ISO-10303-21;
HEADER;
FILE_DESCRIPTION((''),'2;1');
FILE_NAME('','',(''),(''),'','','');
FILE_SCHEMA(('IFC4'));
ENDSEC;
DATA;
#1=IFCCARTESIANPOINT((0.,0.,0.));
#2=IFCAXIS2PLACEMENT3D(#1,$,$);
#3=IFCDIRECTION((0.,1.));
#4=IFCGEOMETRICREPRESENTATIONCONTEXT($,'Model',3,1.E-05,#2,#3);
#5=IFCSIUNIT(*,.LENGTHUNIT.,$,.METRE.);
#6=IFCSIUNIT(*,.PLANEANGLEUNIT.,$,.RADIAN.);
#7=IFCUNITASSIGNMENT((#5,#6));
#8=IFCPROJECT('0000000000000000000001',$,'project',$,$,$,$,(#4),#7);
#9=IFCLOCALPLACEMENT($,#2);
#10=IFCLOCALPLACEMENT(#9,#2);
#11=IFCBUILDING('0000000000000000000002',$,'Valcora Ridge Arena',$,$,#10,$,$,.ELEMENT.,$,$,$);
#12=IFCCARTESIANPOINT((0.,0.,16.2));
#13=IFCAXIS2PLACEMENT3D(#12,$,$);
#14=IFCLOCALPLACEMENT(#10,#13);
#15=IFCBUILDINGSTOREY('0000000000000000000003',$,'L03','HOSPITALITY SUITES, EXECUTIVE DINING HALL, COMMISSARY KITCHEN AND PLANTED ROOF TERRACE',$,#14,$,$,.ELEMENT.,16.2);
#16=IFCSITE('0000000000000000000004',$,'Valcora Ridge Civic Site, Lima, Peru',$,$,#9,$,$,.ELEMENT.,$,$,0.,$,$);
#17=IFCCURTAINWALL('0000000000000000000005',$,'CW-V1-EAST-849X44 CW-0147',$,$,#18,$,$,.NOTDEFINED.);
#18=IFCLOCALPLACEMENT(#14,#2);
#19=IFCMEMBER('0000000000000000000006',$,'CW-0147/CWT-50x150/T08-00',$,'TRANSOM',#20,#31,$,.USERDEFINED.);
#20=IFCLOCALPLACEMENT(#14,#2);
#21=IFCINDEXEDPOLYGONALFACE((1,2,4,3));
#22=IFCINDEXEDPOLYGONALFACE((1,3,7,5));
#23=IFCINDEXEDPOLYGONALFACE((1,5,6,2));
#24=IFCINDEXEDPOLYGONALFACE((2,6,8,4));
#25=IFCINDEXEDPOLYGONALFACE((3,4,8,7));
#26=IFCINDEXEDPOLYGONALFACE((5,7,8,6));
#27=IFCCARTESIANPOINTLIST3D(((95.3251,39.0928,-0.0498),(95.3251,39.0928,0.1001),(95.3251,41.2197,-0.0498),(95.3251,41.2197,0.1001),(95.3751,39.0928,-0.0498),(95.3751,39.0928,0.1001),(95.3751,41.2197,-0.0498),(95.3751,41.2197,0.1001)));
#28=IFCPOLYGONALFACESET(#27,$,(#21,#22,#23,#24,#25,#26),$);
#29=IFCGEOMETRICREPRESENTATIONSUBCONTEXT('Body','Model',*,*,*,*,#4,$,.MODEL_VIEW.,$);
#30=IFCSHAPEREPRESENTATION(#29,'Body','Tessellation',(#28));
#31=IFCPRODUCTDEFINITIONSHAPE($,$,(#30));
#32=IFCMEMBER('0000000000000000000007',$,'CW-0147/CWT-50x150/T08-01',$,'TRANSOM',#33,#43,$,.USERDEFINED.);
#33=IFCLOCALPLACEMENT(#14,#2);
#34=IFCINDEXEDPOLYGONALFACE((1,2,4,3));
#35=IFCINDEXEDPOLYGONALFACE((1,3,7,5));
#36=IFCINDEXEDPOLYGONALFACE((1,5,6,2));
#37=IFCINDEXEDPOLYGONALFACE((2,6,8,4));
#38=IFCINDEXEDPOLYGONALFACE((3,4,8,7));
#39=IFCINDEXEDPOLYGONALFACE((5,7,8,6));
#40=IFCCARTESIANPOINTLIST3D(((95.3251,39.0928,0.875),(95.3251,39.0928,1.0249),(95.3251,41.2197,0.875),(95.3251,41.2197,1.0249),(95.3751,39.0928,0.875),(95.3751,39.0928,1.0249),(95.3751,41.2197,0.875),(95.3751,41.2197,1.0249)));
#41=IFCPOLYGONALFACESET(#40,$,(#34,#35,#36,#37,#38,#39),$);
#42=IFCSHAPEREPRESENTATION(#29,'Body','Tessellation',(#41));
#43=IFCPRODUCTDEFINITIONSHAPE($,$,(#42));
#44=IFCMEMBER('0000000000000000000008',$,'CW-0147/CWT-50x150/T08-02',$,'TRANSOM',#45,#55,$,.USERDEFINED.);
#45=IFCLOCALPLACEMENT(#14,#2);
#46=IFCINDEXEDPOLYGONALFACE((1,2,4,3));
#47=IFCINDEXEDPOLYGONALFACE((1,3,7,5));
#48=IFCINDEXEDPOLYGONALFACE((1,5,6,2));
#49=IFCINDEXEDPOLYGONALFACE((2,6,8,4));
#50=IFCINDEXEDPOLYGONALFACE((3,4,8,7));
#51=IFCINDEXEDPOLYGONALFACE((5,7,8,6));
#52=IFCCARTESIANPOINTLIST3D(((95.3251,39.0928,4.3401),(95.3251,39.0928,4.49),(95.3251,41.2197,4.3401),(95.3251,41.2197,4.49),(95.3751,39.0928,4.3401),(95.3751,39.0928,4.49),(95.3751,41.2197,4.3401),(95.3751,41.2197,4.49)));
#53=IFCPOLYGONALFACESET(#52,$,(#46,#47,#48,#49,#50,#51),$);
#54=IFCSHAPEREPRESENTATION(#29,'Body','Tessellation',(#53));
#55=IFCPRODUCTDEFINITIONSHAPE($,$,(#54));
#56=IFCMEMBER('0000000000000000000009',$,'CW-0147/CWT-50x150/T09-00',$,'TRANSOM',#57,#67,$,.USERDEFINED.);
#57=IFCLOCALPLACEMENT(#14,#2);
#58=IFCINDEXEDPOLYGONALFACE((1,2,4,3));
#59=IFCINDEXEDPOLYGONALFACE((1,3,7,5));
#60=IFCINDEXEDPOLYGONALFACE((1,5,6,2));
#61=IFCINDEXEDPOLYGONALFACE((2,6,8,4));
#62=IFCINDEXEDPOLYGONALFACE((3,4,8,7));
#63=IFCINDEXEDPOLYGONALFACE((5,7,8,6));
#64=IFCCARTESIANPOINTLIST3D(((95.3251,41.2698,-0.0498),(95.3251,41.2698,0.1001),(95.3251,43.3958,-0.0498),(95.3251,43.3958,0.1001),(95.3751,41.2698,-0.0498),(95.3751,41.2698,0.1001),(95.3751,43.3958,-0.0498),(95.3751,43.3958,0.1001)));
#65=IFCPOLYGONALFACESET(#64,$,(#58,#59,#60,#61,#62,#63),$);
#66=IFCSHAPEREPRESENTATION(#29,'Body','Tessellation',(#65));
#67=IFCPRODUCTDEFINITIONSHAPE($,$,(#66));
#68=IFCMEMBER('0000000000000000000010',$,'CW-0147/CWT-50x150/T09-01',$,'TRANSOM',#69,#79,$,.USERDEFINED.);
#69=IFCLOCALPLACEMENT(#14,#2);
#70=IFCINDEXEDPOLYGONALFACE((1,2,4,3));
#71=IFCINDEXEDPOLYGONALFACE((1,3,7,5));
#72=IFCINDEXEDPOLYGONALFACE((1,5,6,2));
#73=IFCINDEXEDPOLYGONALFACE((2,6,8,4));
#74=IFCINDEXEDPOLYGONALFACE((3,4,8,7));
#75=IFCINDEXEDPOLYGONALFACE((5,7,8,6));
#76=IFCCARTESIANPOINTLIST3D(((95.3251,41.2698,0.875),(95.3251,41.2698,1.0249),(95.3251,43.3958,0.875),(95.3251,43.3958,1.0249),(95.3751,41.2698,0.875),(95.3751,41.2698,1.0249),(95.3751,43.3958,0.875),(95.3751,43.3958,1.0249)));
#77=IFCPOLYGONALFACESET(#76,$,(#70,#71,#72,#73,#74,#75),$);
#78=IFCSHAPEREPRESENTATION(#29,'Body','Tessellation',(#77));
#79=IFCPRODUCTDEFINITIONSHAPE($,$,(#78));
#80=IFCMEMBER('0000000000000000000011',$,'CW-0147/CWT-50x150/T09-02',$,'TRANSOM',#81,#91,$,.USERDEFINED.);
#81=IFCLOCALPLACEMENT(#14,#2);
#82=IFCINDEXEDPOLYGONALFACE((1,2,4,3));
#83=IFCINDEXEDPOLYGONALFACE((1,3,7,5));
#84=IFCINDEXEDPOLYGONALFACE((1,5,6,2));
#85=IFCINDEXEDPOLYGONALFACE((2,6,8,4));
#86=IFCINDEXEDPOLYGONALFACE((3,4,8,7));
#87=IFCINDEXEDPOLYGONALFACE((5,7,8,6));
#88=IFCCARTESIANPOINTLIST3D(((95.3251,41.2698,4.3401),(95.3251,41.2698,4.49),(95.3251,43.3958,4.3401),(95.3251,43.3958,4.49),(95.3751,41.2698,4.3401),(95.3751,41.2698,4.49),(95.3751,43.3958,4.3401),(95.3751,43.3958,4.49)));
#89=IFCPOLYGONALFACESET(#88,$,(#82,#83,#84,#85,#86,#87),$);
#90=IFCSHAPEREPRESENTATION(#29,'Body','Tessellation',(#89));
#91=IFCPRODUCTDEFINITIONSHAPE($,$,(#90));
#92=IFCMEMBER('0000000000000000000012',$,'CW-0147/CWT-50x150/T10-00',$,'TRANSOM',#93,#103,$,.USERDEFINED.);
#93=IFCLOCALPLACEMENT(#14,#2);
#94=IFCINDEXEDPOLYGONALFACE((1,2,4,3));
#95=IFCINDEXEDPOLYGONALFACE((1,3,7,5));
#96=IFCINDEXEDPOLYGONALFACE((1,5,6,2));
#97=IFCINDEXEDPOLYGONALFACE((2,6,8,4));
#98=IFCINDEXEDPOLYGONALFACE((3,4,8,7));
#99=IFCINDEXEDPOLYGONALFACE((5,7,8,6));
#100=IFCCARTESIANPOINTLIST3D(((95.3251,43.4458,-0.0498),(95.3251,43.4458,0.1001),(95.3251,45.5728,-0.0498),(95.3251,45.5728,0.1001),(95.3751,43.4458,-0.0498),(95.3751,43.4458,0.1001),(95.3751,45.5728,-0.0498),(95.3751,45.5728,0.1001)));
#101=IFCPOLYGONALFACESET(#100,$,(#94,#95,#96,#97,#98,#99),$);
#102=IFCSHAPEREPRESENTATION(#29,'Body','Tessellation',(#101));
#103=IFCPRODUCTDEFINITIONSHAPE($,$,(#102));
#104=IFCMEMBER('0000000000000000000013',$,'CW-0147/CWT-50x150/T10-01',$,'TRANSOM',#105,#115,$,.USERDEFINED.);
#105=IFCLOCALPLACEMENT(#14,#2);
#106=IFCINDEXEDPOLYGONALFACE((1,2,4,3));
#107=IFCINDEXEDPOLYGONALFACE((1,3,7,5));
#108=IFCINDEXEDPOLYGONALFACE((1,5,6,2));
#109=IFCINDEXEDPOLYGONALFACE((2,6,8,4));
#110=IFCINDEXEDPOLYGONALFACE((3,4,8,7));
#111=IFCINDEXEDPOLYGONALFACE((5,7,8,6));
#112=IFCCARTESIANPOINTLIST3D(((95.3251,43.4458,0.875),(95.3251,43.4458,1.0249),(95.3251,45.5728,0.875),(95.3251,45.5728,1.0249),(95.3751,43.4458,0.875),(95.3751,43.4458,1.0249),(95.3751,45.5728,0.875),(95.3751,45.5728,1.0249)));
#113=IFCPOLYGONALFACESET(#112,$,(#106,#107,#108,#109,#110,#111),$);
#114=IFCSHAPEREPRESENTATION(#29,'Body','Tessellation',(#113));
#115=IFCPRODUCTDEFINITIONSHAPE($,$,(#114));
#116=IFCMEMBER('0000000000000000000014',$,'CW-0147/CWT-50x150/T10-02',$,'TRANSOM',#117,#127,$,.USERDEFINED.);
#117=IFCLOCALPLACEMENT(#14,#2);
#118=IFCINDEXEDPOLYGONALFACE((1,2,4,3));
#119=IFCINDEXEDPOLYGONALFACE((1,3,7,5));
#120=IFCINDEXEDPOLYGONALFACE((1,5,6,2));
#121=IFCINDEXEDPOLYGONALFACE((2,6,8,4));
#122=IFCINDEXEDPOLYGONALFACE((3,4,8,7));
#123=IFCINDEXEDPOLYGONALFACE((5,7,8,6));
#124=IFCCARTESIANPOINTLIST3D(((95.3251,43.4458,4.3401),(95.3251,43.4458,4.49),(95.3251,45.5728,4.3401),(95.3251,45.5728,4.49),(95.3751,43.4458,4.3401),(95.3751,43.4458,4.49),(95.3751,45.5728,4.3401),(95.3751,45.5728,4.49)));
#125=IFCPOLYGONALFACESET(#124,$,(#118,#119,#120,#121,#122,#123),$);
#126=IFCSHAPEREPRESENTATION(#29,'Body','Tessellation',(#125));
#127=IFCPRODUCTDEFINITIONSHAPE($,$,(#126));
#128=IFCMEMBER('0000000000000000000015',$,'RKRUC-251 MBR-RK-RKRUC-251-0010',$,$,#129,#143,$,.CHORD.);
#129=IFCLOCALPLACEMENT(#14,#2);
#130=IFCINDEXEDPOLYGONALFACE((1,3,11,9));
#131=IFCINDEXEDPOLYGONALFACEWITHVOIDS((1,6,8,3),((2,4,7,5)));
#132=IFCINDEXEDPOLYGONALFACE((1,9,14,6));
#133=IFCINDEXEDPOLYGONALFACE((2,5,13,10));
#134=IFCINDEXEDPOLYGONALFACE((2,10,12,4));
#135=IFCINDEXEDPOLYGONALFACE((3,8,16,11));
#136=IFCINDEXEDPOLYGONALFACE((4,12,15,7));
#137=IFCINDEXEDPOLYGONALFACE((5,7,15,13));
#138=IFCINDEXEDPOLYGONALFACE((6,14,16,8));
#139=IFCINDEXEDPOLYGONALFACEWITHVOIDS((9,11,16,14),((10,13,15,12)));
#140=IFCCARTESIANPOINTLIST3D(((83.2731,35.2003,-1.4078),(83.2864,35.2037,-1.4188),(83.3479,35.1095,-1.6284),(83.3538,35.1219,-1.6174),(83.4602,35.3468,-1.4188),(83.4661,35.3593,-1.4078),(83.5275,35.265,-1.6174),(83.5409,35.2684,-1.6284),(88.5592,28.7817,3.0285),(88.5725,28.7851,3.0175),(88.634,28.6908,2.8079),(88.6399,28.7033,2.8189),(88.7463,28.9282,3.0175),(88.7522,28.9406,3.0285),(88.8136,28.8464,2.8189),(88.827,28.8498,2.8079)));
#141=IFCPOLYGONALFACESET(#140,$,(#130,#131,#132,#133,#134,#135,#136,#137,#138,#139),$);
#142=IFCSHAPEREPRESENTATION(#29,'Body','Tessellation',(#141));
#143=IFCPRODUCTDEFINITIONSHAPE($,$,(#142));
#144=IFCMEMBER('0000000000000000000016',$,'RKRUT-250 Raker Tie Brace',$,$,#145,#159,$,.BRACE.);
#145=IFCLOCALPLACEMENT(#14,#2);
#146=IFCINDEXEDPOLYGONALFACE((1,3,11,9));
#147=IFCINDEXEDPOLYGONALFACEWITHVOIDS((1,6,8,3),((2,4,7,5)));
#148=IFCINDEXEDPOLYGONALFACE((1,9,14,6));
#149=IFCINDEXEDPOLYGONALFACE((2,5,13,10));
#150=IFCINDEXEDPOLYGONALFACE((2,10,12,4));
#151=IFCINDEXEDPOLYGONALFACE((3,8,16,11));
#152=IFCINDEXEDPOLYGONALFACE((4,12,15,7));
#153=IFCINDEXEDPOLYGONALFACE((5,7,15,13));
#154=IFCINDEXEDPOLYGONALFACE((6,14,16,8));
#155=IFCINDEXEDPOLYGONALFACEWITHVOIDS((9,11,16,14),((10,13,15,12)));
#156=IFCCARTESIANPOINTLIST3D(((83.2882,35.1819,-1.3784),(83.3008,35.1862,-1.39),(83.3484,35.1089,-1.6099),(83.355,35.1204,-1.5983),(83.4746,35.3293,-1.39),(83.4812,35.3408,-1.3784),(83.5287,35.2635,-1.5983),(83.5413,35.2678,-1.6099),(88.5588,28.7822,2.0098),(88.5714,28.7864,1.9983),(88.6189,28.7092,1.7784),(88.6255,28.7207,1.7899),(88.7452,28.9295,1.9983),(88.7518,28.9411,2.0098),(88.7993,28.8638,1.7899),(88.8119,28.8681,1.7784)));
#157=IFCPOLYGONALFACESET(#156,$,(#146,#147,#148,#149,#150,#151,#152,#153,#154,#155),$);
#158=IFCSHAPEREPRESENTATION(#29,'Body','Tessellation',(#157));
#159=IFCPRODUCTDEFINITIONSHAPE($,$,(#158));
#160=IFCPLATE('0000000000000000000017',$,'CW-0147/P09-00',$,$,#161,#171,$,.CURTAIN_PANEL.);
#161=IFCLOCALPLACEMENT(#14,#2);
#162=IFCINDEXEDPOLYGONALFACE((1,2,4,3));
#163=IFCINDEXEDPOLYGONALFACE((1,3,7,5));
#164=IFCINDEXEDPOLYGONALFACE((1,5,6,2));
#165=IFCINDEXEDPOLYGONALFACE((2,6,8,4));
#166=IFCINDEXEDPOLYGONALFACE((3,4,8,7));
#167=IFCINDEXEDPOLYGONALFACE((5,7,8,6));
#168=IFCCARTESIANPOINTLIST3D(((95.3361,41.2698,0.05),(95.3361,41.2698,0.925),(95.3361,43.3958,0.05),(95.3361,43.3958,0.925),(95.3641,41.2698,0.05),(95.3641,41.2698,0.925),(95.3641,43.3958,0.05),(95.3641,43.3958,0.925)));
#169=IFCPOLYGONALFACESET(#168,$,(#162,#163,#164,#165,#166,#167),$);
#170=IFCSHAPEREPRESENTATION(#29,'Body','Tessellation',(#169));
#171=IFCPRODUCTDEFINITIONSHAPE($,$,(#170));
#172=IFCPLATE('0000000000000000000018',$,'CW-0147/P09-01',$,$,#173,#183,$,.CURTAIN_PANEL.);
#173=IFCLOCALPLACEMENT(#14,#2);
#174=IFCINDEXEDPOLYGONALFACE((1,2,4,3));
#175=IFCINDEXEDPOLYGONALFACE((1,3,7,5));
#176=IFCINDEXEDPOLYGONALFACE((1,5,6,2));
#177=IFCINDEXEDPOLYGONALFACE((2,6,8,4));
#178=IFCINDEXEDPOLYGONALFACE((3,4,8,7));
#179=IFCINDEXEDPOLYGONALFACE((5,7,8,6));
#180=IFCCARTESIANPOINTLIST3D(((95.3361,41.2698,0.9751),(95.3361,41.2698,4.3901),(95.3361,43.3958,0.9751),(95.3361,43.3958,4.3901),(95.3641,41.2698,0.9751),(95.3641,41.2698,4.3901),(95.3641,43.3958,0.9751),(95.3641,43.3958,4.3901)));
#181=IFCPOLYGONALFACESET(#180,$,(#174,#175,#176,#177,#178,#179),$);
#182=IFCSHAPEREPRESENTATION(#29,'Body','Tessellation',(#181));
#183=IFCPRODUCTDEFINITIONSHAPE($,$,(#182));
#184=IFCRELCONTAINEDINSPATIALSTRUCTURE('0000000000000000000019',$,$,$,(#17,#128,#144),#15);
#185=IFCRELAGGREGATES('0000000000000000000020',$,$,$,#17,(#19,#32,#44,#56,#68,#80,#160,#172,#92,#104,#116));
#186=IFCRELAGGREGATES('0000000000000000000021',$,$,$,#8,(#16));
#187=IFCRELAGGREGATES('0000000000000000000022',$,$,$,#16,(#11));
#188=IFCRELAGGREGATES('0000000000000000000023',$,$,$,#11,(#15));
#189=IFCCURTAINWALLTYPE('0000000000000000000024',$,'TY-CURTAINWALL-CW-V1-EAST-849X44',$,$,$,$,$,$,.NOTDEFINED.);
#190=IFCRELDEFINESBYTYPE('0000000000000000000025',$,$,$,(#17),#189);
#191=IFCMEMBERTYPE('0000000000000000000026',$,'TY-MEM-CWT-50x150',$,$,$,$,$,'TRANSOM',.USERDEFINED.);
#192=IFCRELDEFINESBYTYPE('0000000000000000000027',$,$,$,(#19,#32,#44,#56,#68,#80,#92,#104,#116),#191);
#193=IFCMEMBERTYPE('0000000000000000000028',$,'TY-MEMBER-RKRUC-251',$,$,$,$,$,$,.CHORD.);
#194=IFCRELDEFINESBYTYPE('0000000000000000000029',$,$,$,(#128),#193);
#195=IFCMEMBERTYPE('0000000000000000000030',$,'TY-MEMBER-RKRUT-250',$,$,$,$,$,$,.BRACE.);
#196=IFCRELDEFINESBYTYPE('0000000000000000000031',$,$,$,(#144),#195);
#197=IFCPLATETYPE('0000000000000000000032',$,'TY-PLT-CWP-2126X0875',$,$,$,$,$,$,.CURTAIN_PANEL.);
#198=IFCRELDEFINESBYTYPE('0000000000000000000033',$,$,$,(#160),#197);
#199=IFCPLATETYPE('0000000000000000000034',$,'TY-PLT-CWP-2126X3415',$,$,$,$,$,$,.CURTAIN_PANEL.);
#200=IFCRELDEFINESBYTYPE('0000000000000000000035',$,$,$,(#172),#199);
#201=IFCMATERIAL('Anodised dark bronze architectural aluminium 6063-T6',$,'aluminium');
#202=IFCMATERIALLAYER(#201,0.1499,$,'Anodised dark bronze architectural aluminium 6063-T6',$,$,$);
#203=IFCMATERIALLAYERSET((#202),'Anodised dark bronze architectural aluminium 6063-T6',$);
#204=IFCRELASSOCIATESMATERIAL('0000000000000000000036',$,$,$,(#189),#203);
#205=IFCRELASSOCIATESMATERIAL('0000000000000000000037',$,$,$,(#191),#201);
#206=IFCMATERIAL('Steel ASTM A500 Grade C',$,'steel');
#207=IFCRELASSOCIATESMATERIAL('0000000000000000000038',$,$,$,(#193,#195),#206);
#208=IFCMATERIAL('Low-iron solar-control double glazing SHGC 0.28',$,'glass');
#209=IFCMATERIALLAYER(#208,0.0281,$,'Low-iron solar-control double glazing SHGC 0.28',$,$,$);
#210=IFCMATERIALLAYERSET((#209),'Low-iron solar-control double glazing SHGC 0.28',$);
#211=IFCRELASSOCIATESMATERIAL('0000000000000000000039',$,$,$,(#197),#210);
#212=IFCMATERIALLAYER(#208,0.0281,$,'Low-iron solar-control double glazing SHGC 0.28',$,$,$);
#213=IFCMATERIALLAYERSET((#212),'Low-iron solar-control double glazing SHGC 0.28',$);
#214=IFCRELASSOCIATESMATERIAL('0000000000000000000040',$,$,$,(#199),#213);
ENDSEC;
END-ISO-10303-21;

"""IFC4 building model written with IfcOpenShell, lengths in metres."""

from ifc_helpers import new_model, si_unit, direction, frame, origin, origin_2d, place, context, subcontext, project, spatial, rectangle, hollow_rectangle, extrude, material, layer, layer_set, material_profile, profile_set, type_object, element, aggregate, save


model = new_model("IFC4")

# Units and contexts
model_context = context("Model", 3, precision=1e-05, world=origin(), true_north=direction((0.0, 1.0)))
body_context = subcontext(model_context, "Body", "Model", "MODEL_VIEW")
ifc_project = project(units=[si_unit("LENGTHUNIT", "METRE"), si_unit("PLANEANGLEUNIT", "RADIAN")], contexts=[model_context])

# Site, building, storey
site_placement = place(None, origin())
site = spatial("IfcSite", under=ifc_project, at=site_placement, Name="Valcora Ridge Civic Site, Lima, Peru", CompositionType="ELEMENT", RefElevation=0.0)
building_placement = place(site_placement, origin())
building = spatial("IfcBuilding", under=site, at=building_placement, Name="Valcora Ridge Arena", CompositionType="ELEMENT")
storey_placement = place(building_placement, frame((0.0, 0.0, 16.2)))
storey = spatial("IfcBuildingStorey", under=building, at=storey_placement, Name="L03", Description="HOSPITALITY SUITES, EXECUTIVE DINING HALL, COMMISSARY KITCHEN AND PLANTED ROOF TERRACE", CompositionType="ELEMENT", Elevation=16.2)

# Curtain wall, members
ifc_material_1 = material(Name="Anodised dark bronze architectural aluminium 6063-T6", Category="aluminium")
ifc_layer_1 = layer(ifc_material_1, 0.1499, Name="Anodised dark bronze architectural aluminium 6063-T6")
ifc_layer_set_1 = layer_set([ifc_layer_1], Name="Anodised dark bronze architectural aluminium 6063-T6")
curtain_wall_type = type_object("IfcCurtainWallType", Name="TY-CURTAINWALL-CW-V1-EAST-849X44", PredefinedType="NOTDEFINED", material=ifc_layer_set_1)
curtain_wall_placement = place(storey_placement, origin())
curtain_wall = element("IfcCurtainWall", 1, at=curtain_wall_placement, inside=storey, type_object=curtain_wall_type, Name="CW-V1-EAST-849X44 CW-0147", PredefinedType="NOTDEFINED")
ifc_material_profile_1 = material_profile(ifc_material_1, rectangle(XDim=0.05, YDim=0.1499, at=origin_2d()), Name="ALU TRANSOM 50x150")
ifc_profile_set_1 = profile_set([ifc_material_profile_1], Name="Anodised dark bronze architectural aluminium 6063-T6")
member_type_1 = type_object("IfcMemberType", Name="TY-MEM-CWT-50x150", ElementType="TRANSOM", PredefinedType="USERDEFINED", material=ifc_profile_set_1)
member_1_placement = place(storey_placement, frame((95.3501, 39.0928, 0.0251), z_axis=(0.0, 1.0, 0.0), x_axis=(-1.0, 0.0, 0.0)))
member_1 = element("IfcMember", 2, at=member_1_placement, type_object=member_type_1, Name="CW-0147/CWT-50x150/T08-00", ObjectType="TRANSOM", PredefinedType="USERDEFINED", context=body_context, shape_type="SweptSolid", body=[
    extrude(rectangle(XDim=0.05, YDim=0.1499, at=origin_2d()), origin(), (0.0, 0.0, 1.0), 2.127),
])
member_2_placement = place(storey_placement, frame((95.3501, 39.0928, 0.95), z_axis=(0.0, 1.0, 0.0), x_axis=(-1.0, 0.0, 0.0)))
member_2 = element("IfcMember", 3, at=member_2_placement, type_object=member_type_1, Name="CW-0147/CWT-50x150/T08-01", ObjectType="TRANSOM", PredefinedType="USERDEFINED", context=body_context, shape_type="SweptSolid", body=[
    extrude(rectangle(XDim=0.05, YDim=0.1499, at=origin_2d()), origin(), (0.0, 0.0, 1.0), 2.127),
])
member_3_placement = place(storey_placement, frame((95.3501, 39.0928, 4.415), z_axis=(0.0, 1.0, 0.0), x_axis=(-1.0, 0.0, 0.0)))
member_3 = element("IfcMember", 4, at=member_3_placement, type_object=member_type_1, Name="CW-0147/CWT-50x150/T08-02", ObjectType="TRANSOM", PredefinedType="USERDEFINED", context=body_context, shape_type="SweptSolid", body=[
    extrude(rectangle(XDim=0.05, YDim=0.1499, at=origin_2d()), origin(), (0.0, 0.0, 1.0), 2.127),
])
member_4_placement = place(storey_placement, frame((95.3501, 41.2698, 0.0251), z_axis=(0.0, 1.0, 0.0), x_axis=(-1.0, 0.0, 0.0)))
member_4 = element("IfcMember", 5, at=member_4_placement, type_object=member_type_1, Name="CW-0147/CWT-50x150/T09-00", ObjectType="TRANSOM", PredefinedType="USERDEFINED", context=body_context, shape_type="SweptSolid", body=[
    extrude(rectangle(XDim=0.05, YDim=0.1499, at=origin_2d()), origin(), (0.0, 0.0, 1.0), 2.126),
])
member_5_placement = place(storey_placement, frame((95.3501, 41.2698, 0.95), z_axis=(0.0, 1.0, 0.0), x_axis=(-1.0, 0.0, 0.0)))
member_5 = element("IfcMember", 6, at=member_5_placement, type_object=member_type_1, Name="CW-0147/CWT-50x150/T09-01", ObjectType="TRANSOM", PredefinedType="USERDEFINED", context=body_context, shape_type="SweptSolid", body=[
    extrude(rectangle(XDim=0.05, YDim=0.1499, at=origin_2d()), origin(), (0.0, 0.0, 1.0), 2.126),
])
member_6_placement = place(storey_placement, frame((95.3501, 41.2698, 4.415), z_axis=(0.0, 1.0, 0.0), x_axis=(-1.0, 0.0, 0.0)))
member_6 = element("IfcMember", 7, at=member_6_placement, type_object=member_type_1, Name="CW-0147/CWT-50x150/T09-02", ObjectType="TRANSOM", PredefinedType="USERDEFINED", context=body_context, shape_type="SweptSolid", body=[
    extrude(rectangle(XDim=0.05, YDim=0.1499, at=origin_2d()), origin(), (0.0, 0.0, 1.0), 2.126),
])
member_7_placement = place(storey_placement, frame((95.3501, 43.4458, 0.0251), z_axis=(0.0, 1.0, 0.0), x_axis=(-1.0, 0.0, 0.0)))
member_7 = element("IfcMember", 8, at=member_7_placement, type_object=member_type_1, Name="CW-0147/CWT-50x150/T10-00", ObjectType="TRANSOM", PredefinedType="USERDEFINED", context=body_context, shape_type="SweptSolid", body=[
    extrude(rectangle(XDim=0.05, YDim=0.1499, at=origin_2d()), origin(), (0.0, 0.0, 1.0), 2.127),
])
member_8_placement = place(storey_placement, frame((95.3501, 43.4458, 0.95), z_axis=(0.0, 1.0, 0.0), x_axis=(-1.0, 0.0, 0.0)))
member_8 = element("IfcMember", 9, at=member_8_placement, type_object=member_type_1, Name="CW-0147/CWT-50x150/T10-01", ObjectType="TRANSOM", PredefinedType="USERDEFINED", context=body_context, shape_type="SweptSolid", body=[
    extrude(rectangle(XDim=0.05, YDim=0.1499, at=origin_2d()), origin(), (0.0, 0.0, 1.0), 2.127),
])
member_9_placement = place(storey_placement, frame((95.3501, 43.4458, 4.415), z_axis=(0.0, 1.0, 0.0), x_axis=(-1.0, 0.0, 0.0)))
member_9 = element("IfcMember", 10, at=member_9_placement, type_object=member_type_1, Name="CW-0147/CWT-50x150/T10-02", ObjectType="TRANSOM", PredefinedType="USERDEFINED", context=body_context, shape_type="SweptSolid", body=[
    extrude(rectangle(XDim=0.05, YDim=0.1499, at=origin_2d()), origin(), (0.0, 0.0, 1.0), 2.127),
])

# Members
ifc_material_2 = material(Name="Steel ASTM A500 Grade C", Category="steel")
ifc_material_profile_2 = material_profile(ifc_material_2, hollow_rectangle(XDim=0.25, YDim=0.25, WallThickness=0.0125, at=origin_2d()), Name="HSS250X250X12")
ifc_profile_set_2 = profile_set([ifc_material_profile_2], Name="Steel ASTM A500 Grade C")
member_type_2 = type_object("IfcMemberType", Name="TY-MEMBER-RKRUC-251", PredefinedType="CHORD", material=ifc_profile_set_2)
member_10_placement = place(storey_placement, frame((83.407, 35.2344, -1.5181), z_axis=(0.560885, -0.681057, 0.470712), x_axis=(0.771922, 0.635718, 0.0)))
element("IfcMember", 11, at=member_10_placement, inside=storey, type_object=member_type_2, Name="RKRUC-251 MBR-RK-RKRUC-251-0010", PredefinedType="CHORD", context=body_context, shape_type="SweptSolid", body=[
    extrude(hollow_rectangle(XDim=0.25, YDim=0.25, WallThickness=0.0125, at=origin_2d()), origin(), (0.0, 0.0, 1.0), 9.4246),
])
ifc_material_profile_3 = material_profile(ifc_material_2, hollow_rectangle(XDim=0.25, YDim=0.25, WallThickness=0.0125, at=origin_2d()), Name="HSS250X250X12")
ifc_profile_set_3 = profile_set([ifc_material_profile_3], Name="Steel ASTM A500 Grade C")
member_type_3 = type_object("IfcMemberType", Name="TY-MEMBER-RKRUT-250", PredefinedType="BRACE", material=ifc_profile_set_3)
member_11_placement = place(storey_placement, frame((83.4148, 35.2249, -1.4941), z_axis=(0.588475, -0.71455, 0.378306), x_axis=(0.771918, 0.635722, 0.0)))
element("IfcMember", 12, at=member_11_placement, inside=storey, type_object=member_type_3, Name="RKRUT-250 Raker Tie Brace", PredefinedType="BRACE", context=body_context, shape_type="SweptSolid", body=[
    extrude(hollow_rectangle(XDim=0.25, YDim=0.25, WallThickness=0.0125, at=origin_2d()), origin(), (0.0, 0.0, 1.0), 8.9563),
])

# Plates
ifc_material_3 = material(Name="Low-iron solar-control double glazing SHGC 0.28", Category="glass")
ifc_layer_2 = layer(ifc_material_3, 0.0281, Name="Low-iron solar-control double glazing SHGC 0.28")
ifc_layer_set_2 = layer_set([ifc_layer_2], Name="Low-iron solar-control double glazing SHGC 0.28")
plate_type_1 = type_object("IfcPlateType", Name="TY-PLT-CWP-2126X0875", PredefinedType="CURTAIN_PANEL", material=ifc_layer_set_2)
plate_1_placement = place(storey_placement, frame((95.3501, 42.3328, 0.05), z_axis=(0.0, 0.0, 1.0), x_axis=(0.0, 1.0, 0.0)))
plate_1 = element("IfcPlate", 13, at=plate_1_placement, type_object=plate_type_1, Name="CW-0147/P09-00", PredefinedType="CURTAIN_PANEL", context=body_context, shape_type="SweptSolid", body=[
    extrude(rectangle(XDim=2.126, YDim=0.0281, at=origin_2d()), origin(), (0.0, 0.0, 1.0), 0.875),
])
ifc_layer_3 = layer(ifc_material_3, 0.0281, Name="Low-iron solar-control double glazing SHGC 0.28")
ifc_layer_set_3 = layer_set([ifc_layer_3], Name="Low-iron solar-control double glazing SHGC 0.28")
plate_type_2 = type_object("IfcPlateType", Name="TY-PLT-CWP-2126X3415", PredefinedType="CURTAIN_PANEL", material=ifc_layer_set_3)
plate_2_placement = place(storey_placement, frame((95.3501, 42.3328, 0.9751), z_axis=(0.0, 0.0, 1.0), x_axis=(0.0, 1.0, 0.0)))
plate_2 = element("IfcPlate", 14, at=plate_2_placement, type_object=plate_type_2, Name="CW-0147/P09-01", PredefinedType="CURTAIN_PANEL", context=body_context, shape_type="SweptSolid", body=[
    extrude(rectangle(XDim=2.126, YDim=0.0281, at=origin_2d()), origin(), (0.0, 0.0, 1.0), 3.415),
])
aggregate(curtain_wall, [member_1, member_2, member_3, member_4, member_5, member_6, plate_1, plate_2, member_7, member_8, member_9])

save(model, "model.ifc")
